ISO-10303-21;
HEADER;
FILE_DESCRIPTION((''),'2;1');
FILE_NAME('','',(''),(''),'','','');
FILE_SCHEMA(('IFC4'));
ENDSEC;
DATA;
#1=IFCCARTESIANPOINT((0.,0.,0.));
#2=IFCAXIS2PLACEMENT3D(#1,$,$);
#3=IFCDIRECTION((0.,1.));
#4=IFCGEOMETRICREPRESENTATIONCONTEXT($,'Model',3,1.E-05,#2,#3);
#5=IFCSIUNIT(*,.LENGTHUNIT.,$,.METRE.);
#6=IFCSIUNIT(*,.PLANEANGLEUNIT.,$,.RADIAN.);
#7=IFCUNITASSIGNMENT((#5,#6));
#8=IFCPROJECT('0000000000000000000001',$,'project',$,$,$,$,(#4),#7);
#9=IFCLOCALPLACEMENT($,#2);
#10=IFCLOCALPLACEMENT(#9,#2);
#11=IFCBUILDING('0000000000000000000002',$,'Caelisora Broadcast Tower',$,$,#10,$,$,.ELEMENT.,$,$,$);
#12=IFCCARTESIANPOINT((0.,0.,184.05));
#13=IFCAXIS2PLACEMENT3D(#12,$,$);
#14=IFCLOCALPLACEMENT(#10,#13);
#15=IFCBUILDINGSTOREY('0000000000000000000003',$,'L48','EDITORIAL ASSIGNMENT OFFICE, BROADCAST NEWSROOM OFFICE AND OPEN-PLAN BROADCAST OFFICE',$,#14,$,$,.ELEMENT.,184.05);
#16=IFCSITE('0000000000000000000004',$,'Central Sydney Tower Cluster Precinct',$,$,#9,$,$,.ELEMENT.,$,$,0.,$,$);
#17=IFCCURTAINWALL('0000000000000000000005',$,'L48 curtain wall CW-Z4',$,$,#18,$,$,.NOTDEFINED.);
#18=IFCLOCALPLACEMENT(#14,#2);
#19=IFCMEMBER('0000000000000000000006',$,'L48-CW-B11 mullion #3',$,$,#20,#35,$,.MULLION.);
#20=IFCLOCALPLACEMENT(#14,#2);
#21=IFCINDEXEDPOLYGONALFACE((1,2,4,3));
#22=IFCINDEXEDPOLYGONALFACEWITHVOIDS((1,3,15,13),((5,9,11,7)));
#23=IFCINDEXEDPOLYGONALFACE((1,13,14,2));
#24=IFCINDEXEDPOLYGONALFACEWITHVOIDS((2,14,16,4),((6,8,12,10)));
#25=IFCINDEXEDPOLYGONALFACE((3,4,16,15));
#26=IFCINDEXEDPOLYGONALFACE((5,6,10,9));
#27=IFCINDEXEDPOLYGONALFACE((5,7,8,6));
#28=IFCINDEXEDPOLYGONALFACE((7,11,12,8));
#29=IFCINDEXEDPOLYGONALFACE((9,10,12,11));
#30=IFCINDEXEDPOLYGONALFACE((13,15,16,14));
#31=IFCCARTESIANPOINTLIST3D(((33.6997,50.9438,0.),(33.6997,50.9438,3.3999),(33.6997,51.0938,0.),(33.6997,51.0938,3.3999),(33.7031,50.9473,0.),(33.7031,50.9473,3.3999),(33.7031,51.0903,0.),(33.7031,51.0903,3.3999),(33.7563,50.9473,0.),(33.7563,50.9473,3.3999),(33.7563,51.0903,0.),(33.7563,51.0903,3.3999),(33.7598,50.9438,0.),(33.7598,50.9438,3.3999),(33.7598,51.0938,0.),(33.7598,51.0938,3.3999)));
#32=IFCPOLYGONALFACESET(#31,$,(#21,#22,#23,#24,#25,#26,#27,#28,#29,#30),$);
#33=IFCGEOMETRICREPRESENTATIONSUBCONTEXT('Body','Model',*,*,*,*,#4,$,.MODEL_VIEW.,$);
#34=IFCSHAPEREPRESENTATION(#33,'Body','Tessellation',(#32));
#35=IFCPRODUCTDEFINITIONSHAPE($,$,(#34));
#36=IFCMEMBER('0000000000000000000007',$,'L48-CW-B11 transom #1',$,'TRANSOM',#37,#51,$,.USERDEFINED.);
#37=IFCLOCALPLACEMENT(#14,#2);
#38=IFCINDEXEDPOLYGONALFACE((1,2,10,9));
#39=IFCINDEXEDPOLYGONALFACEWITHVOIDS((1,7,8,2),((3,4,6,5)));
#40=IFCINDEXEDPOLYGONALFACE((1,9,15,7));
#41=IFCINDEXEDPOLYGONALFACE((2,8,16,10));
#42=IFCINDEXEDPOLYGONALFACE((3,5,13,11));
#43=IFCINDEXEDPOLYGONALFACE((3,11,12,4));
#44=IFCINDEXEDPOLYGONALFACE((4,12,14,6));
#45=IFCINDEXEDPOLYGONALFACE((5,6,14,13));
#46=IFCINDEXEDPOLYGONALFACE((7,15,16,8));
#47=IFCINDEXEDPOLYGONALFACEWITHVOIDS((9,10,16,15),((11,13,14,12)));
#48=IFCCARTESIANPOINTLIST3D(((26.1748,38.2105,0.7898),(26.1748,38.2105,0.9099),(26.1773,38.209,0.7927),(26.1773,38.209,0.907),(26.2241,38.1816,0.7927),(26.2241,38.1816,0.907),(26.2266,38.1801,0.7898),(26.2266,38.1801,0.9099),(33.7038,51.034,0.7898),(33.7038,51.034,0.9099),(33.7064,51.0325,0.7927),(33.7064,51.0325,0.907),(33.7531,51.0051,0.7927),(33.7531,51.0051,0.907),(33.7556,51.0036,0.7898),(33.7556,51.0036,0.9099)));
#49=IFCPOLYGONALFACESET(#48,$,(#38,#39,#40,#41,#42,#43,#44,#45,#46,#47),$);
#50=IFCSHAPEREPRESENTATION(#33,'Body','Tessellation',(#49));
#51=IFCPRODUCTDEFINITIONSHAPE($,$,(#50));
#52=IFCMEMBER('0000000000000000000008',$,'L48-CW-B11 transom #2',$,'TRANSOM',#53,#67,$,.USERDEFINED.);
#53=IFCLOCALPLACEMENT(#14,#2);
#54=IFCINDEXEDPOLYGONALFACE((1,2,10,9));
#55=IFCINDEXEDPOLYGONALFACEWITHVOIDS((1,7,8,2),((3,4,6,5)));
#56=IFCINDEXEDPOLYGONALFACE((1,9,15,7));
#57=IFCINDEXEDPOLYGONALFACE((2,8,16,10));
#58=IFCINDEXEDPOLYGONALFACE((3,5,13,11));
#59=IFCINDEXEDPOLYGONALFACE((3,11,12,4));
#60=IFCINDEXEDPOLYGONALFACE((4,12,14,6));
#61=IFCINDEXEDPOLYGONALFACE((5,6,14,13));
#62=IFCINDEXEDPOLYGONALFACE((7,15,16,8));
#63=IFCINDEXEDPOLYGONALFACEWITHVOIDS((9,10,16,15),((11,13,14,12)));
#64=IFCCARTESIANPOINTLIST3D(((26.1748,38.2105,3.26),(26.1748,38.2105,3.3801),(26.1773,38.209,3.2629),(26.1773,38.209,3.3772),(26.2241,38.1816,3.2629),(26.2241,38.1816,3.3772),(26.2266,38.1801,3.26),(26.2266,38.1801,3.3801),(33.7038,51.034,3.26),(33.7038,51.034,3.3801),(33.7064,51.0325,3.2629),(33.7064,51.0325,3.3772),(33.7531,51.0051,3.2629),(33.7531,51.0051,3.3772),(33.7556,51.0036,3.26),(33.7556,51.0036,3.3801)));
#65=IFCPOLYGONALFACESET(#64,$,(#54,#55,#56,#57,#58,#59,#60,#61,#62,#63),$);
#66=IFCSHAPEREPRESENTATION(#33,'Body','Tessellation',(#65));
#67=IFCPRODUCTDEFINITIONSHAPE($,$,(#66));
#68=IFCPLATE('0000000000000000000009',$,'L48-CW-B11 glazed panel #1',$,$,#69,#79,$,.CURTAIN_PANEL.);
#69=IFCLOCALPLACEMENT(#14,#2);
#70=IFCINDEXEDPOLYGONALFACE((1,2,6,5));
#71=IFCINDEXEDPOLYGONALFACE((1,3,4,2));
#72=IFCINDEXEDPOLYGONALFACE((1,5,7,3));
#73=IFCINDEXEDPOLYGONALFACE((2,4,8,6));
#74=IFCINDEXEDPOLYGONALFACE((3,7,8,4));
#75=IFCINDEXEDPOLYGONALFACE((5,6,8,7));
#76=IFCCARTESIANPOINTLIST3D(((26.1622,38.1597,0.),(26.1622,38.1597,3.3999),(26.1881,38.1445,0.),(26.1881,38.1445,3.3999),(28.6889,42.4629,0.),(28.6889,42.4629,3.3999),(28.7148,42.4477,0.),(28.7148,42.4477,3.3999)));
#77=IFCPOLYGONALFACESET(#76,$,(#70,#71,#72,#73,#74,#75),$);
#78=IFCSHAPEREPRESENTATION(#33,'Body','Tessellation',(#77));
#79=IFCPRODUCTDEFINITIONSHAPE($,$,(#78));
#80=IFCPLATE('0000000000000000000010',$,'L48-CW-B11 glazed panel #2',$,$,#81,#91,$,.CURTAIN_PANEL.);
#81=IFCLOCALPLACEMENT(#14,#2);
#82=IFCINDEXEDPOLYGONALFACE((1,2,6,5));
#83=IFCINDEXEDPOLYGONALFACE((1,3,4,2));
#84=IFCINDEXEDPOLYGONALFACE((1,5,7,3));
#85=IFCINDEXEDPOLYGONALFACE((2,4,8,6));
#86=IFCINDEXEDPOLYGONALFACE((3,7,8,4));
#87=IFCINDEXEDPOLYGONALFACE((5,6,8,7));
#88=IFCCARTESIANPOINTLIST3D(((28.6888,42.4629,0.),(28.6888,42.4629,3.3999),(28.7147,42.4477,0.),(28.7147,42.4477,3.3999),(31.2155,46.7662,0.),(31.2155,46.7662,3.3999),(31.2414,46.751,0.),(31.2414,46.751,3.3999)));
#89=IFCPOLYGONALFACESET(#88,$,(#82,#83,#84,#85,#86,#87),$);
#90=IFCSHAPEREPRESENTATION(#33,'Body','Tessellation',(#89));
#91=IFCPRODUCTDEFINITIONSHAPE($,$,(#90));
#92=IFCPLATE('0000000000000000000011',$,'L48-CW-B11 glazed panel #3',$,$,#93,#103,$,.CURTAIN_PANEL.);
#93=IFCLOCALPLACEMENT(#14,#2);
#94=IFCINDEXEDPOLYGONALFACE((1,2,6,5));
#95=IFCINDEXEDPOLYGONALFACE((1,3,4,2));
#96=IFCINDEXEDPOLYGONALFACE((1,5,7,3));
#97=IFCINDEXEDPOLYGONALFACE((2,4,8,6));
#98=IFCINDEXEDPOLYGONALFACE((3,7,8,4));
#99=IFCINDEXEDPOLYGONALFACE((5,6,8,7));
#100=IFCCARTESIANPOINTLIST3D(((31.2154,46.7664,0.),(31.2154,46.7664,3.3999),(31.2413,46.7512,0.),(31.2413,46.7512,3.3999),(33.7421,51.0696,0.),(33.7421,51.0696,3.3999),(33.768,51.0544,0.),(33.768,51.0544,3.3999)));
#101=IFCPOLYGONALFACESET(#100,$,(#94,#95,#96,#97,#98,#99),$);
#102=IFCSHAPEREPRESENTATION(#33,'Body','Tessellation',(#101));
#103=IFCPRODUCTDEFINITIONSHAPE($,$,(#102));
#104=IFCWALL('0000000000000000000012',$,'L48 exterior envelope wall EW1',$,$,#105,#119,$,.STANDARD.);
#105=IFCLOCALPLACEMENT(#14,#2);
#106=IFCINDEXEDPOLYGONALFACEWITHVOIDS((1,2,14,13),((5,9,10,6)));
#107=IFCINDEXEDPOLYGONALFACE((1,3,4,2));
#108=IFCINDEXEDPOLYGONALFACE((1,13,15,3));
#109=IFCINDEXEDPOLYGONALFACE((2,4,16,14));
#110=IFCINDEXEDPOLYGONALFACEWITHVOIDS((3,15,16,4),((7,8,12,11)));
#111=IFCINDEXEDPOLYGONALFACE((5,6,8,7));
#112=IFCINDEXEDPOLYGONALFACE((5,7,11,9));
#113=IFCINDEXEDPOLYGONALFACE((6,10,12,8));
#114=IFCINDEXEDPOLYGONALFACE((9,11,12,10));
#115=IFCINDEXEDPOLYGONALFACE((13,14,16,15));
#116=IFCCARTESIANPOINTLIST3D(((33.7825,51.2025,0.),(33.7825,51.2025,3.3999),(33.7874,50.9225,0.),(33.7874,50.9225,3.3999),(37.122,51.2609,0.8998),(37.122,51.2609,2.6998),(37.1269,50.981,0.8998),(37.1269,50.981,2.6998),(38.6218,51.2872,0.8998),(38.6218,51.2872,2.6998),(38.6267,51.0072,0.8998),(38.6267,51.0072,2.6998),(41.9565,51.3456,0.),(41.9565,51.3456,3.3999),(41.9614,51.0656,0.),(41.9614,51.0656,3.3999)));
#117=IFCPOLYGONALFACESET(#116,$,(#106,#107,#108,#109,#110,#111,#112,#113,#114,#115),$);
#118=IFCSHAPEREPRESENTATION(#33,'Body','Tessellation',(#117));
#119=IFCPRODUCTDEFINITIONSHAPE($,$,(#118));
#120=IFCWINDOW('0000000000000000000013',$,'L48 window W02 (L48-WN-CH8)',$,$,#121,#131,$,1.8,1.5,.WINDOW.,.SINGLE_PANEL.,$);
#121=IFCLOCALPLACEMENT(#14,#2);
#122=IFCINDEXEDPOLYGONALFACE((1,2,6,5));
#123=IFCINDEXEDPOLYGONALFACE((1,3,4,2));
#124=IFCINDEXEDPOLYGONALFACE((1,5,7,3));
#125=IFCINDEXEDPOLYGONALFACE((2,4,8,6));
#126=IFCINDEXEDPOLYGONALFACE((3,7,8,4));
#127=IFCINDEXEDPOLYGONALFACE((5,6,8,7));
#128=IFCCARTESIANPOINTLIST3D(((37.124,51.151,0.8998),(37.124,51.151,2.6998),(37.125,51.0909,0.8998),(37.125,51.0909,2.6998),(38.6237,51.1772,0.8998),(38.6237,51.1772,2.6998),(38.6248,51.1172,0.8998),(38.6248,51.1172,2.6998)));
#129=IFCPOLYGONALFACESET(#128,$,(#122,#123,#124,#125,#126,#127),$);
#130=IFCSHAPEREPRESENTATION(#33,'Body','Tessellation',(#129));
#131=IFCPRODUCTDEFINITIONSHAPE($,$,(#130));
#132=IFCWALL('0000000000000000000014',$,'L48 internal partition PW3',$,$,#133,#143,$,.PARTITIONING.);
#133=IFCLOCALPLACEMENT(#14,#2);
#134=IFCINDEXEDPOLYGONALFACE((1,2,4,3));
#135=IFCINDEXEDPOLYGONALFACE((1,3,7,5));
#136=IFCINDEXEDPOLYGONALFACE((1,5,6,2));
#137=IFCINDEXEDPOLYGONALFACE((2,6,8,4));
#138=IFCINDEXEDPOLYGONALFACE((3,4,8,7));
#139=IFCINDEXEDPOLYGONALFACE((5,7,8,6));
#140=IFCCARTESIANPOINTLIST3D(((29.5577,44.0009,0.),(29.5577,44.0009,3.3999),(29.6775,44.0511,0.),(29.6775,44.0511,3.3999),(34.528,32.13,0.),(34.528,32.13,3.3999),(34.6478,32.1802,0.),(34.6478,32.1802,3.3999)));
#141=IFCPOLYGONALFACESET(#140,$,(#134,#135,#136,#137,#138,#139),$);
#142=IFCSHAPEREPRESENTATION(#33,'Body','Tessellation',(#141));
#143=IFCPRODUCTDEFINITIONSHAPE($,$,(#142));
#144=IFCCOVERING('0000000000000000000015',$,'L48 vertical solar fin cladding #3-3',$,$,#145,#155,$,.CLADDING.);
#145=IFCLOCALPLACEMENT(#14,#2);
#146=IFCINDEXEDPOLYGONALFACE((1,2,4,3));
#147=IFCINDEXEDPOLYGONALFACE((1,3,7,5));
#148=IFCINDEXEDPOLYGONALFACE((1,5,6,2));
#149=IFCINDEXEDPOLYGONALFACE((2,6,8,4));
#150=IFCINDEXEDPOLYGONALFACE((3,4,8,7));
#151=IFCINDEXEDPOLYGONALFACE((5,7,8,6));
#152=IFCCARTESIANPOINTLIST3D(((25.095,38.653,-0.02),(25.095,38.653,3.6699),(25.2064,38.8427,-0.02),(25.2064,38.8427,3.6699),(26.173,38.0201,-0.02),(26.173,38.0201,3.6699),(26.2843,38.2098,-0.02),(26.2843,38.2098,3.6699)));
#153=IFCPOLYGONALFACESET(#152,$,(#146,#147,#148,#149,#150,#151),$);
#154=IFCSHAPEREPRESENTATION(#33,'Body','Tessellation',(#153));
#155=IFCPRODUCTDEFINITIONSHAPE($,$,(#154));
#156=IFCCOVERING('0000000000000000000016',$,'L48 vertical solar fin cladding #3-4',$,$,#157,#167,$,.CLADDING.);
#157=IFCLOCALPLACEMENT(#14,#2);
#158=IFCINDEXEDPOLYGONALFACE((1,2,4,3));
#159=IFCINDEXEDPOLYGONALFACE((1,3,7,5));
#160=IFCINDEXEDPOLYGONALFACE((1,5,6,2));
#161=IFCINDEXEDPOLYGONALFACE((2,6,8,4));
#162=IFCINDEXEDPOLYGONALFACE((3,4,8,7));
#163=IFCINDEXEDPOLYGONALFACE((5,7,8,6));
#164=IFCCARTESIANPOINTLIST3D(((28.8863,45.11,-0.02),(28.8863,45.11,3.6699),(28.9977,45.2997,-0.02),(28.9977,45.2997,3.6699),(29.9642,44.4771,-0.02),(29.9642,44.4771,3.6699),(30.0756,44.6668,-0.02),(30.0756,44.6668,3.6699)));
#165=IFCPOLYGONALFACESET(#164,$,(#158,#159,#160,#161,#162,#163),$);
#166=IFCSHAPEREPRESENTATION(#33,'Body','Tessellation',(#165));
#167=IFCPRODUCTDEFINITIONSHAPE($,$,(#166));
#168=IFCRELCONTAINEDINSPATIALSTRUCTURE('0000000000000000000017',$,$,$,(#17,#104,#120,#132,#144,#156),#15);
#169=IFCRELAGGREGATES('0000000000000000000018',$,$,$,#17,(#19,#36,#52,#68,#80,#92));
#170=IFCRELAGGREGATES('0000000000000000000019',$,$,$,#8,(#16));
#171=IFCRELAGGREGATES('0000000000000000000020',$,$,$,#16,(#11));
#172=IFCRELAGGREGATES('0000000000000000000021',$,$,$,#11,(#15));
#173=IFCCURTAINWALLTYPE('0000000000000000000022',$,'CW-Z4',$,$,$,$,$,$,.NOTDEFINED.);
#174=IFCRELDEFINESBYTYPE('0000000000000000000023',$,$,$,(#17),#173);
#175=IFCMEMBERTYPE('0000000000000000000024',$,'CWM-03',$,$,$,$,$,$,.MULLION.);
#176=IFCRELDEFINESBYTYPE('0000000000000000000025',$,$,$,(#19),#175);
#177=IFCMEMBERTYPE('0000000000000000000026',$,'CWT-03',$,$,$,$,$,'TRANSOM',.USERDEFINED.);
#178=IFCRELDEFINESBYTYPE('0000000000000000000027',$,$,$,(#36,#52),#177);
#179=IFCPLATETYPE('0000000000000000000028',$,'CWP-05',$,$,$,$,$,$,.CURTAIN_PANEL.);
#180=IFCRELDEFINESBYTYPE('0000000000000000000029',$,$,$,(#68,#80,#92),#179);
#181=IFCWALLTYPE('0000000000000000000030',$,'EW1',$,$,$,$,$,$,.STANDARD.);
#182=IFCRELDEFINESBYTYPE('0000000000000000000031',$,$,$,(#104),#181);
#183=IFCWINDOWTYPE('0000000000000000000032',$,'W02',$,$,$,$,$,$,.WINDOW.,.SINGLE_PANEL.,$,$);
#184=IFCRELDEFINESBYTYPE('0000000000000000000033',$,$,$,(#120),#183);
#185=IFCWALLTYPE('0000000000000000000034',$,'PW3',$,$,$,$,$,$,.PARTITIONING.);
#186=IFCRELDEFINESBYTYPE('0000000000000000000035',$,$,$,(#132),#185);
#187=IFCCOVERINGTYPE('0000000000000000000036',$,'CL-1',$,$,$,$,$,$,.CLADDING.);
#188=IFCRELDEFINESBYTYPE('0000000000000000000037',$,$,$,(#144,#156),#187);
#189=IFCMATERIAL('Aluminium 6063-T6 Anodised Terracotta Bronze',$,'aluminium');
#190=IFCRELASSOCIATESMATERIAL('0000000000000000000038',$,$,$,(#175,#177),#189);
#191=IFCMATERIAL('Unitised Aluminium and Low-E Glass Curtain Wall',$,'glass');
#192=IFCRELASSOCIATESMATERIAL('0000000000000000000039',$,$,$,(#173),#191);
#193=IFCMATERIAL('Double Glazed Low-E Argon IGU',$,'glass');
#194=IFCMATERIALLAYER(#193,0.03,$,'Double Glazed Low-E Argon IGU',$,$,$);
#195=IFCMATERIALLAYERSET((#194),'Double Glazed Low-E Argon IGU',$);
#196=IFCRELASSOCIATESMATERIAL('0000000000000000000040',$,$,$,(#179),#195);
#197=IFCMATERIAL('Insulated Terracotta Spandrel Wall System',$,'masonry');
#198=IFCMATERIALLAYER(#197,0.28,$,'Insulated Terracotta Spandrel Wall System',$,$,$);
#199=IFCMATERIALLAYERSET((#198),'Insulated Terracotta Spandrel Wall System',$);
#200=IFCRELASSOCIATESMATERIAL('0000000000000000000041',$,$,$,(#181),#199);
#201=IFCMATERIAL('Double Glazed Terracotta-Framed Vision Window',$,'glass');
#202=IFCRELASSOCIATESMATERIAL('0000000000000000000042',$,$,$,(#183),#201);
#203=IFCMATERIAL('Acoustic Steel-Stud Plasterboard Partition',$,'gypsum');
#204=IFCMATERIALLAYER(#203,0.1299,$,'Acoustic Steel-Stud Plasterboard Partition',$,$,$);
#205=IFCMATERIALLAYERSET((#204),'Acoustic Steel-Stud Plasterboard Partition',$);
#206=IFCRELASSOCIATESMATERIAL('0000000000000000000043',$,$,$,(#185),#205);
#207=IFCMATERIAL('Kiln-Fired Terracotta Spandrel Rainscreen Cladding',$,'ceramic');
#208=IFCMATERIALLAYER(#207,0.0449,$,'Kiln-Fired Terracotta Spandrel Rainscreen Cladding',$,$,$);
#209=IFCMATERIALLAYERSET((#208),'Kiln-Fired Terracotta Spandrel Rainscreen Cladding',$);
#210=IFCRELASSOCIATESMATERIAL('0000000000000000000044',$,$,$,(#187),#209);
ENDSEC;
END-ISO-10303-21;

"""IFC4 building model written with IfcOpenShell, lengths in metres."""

from ifc_helpers import new_model, si_unit, direction, frame, frame_2d, origin, origin_2d, place, context, subcontext, project, spatial, rectangle, hollow_rectangle, extrude, source, transform, mapped, material, layer, layer_set, material_profile, profile_set, type_object, type_shapes, element, fill, aggregate, save


model = new_model("IFC4")

# Units and contexts
model_context = context("Model", 3, precision=1e-05, world=origin(), true_north=direction((0.0, 1.0)))
body_context = subcontext(model_context, "Body", "Model", "MODEL_VIEW")
ifc_project = project(units=[si_unit("LENGTHUNIT", "METRE"), si_unit("PLANEANGLEUNIT", "RADIAN")], contexts=[model_context])

# Site, building, storey
site_placement = place(None, origin())
site = spatial("IfcSite", under=ifc_project, at=site_placement, Name="Central Sydney Tower Cluster Precinct", CompositionType="ELEMENT", RefElevation=0.0)
building_placement = place(site_placement, origin())
building = spatial("IfcBuilding", under=site, at=building_placement, Name="Caelisora Broadcast Tower", CompositionType="ELEMENT")
storey_placement = place(building_placement, frame((0.0, 0.0, 184.05)))
storey = spatial("IfcBuildingStorey", under=building, at=storey_placement, Name="L48", Description="EDITORIAL ASSIGNMENT OFFICE, BROADCAST NEWSROOM OFFICE AND OPEN-PLAN BROADCAST OFFICE", CompositionType="ELEMENT", Elevation=184.05)

# Shared definitions
ifc_material_1 = material(Name="Aluminium 6063-T6 Anodised Terracotta Bronze", Category="aluminium")
ifc_material_profile_1 = material_profile(ifc_material_1, hollow_rectangle(XDim=0.0601, YDim=0.1499, WallThickness=0.0034, at=origin_2d()), Name="Aluminium 6063-T6 Anodised Terracotta Bronze")
ifc_profile_set_1 = profile_set([ifc_material_profile_1], Name="Aluminium 6063-T6 Anodised Terracotta Bronze")
member_type_1 = type_object("IfcMemberType", Name="CWM-03", PredefinedType="MULLION", material=ifc_profile_set_1)
shared_shape_1 = source(origin(), body_context, "Body", "SweptSolid", [
    extrude(hollow_rectangle(XDim=0.0601, YDim=0.1499, WallThickness=0.0034, at=origin_2d()), origin(), (0.0, 0.0, 1.0), 3.3999),
])
type_shapes(member_type_1, [shared_shape_1])

# Curtain wall, members, plates
ifc_material_2 = material(Name="Unitised Aluminium and Low-E Glass Curtain Wall", Category="glass")
curtain_wall_type_1 = type_object("IfcCurtainWallType", Name="CW-Z4", PredefinedType="NOTDEFINED", material=ifc_material_2)
curtain_wall_1_placement = place(storey_placement, origin())
curtain_wall_1 = element("IfcCurtainWall", 1, at=curtain_wall_1_placement, inside=storey, type_object=curtain_wall_type_1, Name="L48 curtain wall CW-Z4", PredefinedType="NOTDEFINED")
member_1_placement = place(storey_placement, frame((33.7297, 51.0188, 0.0), z_axis=(0.0, 0.0, 1.0), x_axis=(1.0, 0.0, 0.0)))
member_1 = element("IfcMember", 2, at=member_1_placement, type_object=member_type_1, Name="L48-CW-B11 mullion #3", PredefinedType="MULLION", context=body_context, shape_type="MappedRepresentation", body=[
    mapped(shared_shape_1, transform((0.0, 0.0, 0.0), scale=1.0)),
])
ifc_material_profile_2 = material_profile(ifc_material_1, hollow_rectangle(XDim=0.0601, YDim=0.1201, WallThickness=0.0029, at=origin_2d()), Name="Aluminium 6063-T6 Anodised Terracotta Bronze")
ifc_profile_set_2 = profile_set([ifc_material_profile_2], Name="Aluminium 6063-T6 Anodised Terracotta Bronze")
member_type_2 = type_object("IfcMemberType", Name="CWT-03", ElementType="TRANSOM", PredefinedType="USERDEFINED", material=ifc_profile_set_2)
shared_shape_2 = source(origin(), body_context, "Body", "SweptSolid", [
    extrude(hollow_rectangle(XDim=0.0601, YDim=0.1201, WallThickness=0.0029, at=origin_2d()), origin(), (0.0, 0.0, 1.0), 14.8704),
])
type_shapes(member_type_2, [shared_shape_2])
member_2_placement = place(storey_placement, frame((26.2007, 38.1953, 0.8499), z_axis=(0.506312, 0.86235, 0.0), x_axis=(-0.86235, 0.506312, 0.0)))
member_2 = element("IfcMember", 3, at=member_2_placement, type_object=member_type_2, Name="L48-CW-B11 transom #1", ObjectType="TRANSOM", PredefinedType="USERDEFINED", context=body_context, shape_type="MappedRepresentation", body=[
    mapped(shared_shape_2, transform((0.0, 0.0, 0.0), scale=1.0)),
])
member_3_placement = place(storey_placement, frame((26.2007, 38.1953, 3.3201), z_axis=(0.506312, 0.86235, 0.0), x_axis=(-0.86235, 0.506312, 0.0)))
member_3 = element("IfcMember", 4, at=member_3_placement, type_object=member_type_2, Name="L48-CW-B11 transom #2", ObjectType="TRANSOM", PredefinedType="USERDEFINED", context=body_context, shape_type="MappedRepresentation", body=[
    mapped(shared_shape_2, transform((0.0, 0.0, 0.0), scale=1.0)),
])
ifc_material_3 = material(Name="Double Glazed Low-E Argon IGU", Category="glass")
ifc_layer_1 = layer(ifc_material_3, 0.03, Name="Double Glazed Low-E Argon IGU")
ifc_layer_set_1 = layer_set([ifc_layer_1], Name="Double Glazed Low-E Argon IGU")
plate_type = type_object("IfcPlateType", Name="CWP-05", PredefinedType="CURTAIN_PANEL", material=ifc_layer_set_1)
shared_shape_3 = source(origin(), body_context, "Body", "SweptSolid", [
    extrude(rectangle(XDim=4.9902, YDim=0.03, at=origin_2d()), origin(), (0.0, 0.0, 1.0), 3.3999),
])
type_shapes(plate_type, [shared_shape_3])
plate_1_placement = place(storey_placement, frame((27.4385, 40.3037, 0.0), z_axis=(0.0, 0.0, 1.0), x_axis=(0.506335, 0.862337, 0.0)))
plate_1 = element("IfcPlate", 5, at=plate_1_placement, type_object=plate_type, Name="L48-CW-B11 glazed panel #1", PredefinedType="CURTAIN_PANEL", context=body_context, shape_type="MappedRepresentation", body=[
    mapped(shared_shape_3, transform((0.0, 0.0, 0.0), scale=1.0)),
])
plate_2_placement = place(storey_placement, frame((29.9651, 44.6069, 0.0), z_axis=(0.0, 0.0, 1.0), x_axis=(0.506335, 0.862337, 0.0)))
plate_2 = element("IfcPlate", 6, at=plate_2_placement, type_object=plate_type, Name="L48-CW-B11 glazed panel #2", PredefinedType="CURTAIN_PANEL", context=body_context, shape_type="MappedRepresentation", body=[
    mapped(shared_shape_3, transform((0.0, 0.0, 0.0), scale=1.0)),
])
plate_3_placement = place(storey_placement, frame((32.4917, 48.9104, 0.0), z_axis=(0.0, 0.0, 1.0), x_axis=(0.506335, 0.862337, 0.0)))
plate_3 = element("IfcPlate", 7, at=plate_3_placement, type_object=plate_type, Name="L48-CW-B11 glazed panel #3", PredefinedType="CURTAIN_PANEL", context=body_context, shape_type="MappedRepresentation", body=[
    mapped(shared_shape_3, transform((0.0, 0.0, 0.0), scale=1.0)),
])
aggregate(curtain_wall_1, [member_1, member_2, member_3, plate_1, plate_2, plate_3])

# Wall, opening, window
ifc_material_4 = material(Name="Insulated Terracotta Spandrel Wall System", Category="masonry")
ifc_layer_2 = layer(ifc_material_4, 0.28, Name="Insulated Terracotta Spandrel Wall System")
ifc_layer_set_2 = layer_set([ifc_layer_2], Name="Insulated Terracotta Spandrel Wall System")
wall_type_1 = type_object("IfcWallType", Name="EW1", PredefinedType="STANDARD", material=ifc_layer_set_2)
wall_1_placement = place(storey_placement, frame((33.7849, 51.0625, 0.0), z_axis=(0.0, 0.0, 1.0), x_axis=(0.999847, 0.0175, 0.0)))
wall_1 = element("IfcWall", 8, at=wall_1_placement, inside=storey, type_object=wall_type_1, Name="L48 exterior envelope wall EW1", PredefinedType="STANDARD", context=body_context, shape_type="SweptSolid", body=[
    extrude(rectangle(XDim=8.1753, YDim=0.28, at=frame_2d((4.0876, 0.0))), origin(), (0.0, 0.0, 1.0), 3.3999),
])
opening_placement = place(wall_1_placement, frame((3.3401, 0.0, 0.8999)))
opening = element("IfcOpeningElement", 9, at=opening_placement, cuts=wall_1, PredefinedType="OPENING", context=body_context, shape_type="SweptSolid", body=[
    extrude(rectangle(XDim=1.5, YDim=1.8, at=frame_2d((0.75, 0.8999))), frame((0.0, 0.1521, 0.0), z_axis=(0.0, -1.0, 0.0), x_axis=(1.0, 0.0, 0.0)), (0.0, 0.0, 1.0), 0.304),
])
ifc_material_5 = material(Name="Double Glazed Terracotta-Framed Vision Window", Category="glass")
window_type = type_object("IfcWindowType", Name="W02", PartitioningType="SINGLE_PANEL", PredefinedType="WINDOW", material=ifc_material_5)
window_placement = place(opening_placement, origin())
window = element("IfcWindow", 10, at=window_placement, inside=storey, type_object=window_type, Name="L48 window W02 (L48-WN-CH8)", OverallHeight=1.8, OverallWidth=1.5, PartitioningType="SINGLE_PANEL", PredefinedType="WINDOW", context=body_context, shape_type="SweptSolid", body=[
    extrude(rectangle(XDim=1.5, YDim=1.8, at=frame_2d((0.75, 0.8999))), frame((0.0, 0.03, 0.0), z_axis=(0.0, -1.0, 0.0), x_axis=(1.0, 0.0, 0.0)), (0.0, 0.0, 1.0), 0.0601),
])
fill(opening, window)

# Wall
ifc_material_6 = material(Name="Acoustic Steel-Stud Plasterboard Partition", Category="gypsum")
ifc_layer_3 = layer(ifc_material_6, 0.1299, Name="Acoustic Steel-Stud Plasterboard Partition")
ifc_layer_set_3 = layer_set([ifc_layer_3], Name="Acoustic Steel-Stud Plasterboard Partition")
wall_type_2 = type_object("IfcWallType", Name="PW3", PredefinedType="PARTITIONING", material=ifc_layer_set_3)
wall_2_placement = place(storey_placement, frame((29.6177, 44.0259, 0.0), z_axis=(0.0, 0.0, 1.0), x_axis=(0.386206, -0.922413, 0.0)))
element("IfcWall", 11, at=wall_2_placement, inside=storey, type_object=wall_type_2, Name="L48 internal partition PW3", PredefinedType="PARTITIONING", context=body_context, shape_type="SweptSolid", body=[
    extrude(rectangle(XDim=12.8694, YDim=0.1299, at=frame_2d((6.4346, 0.0))), origin(), (0.0, 0.0, 1.0), 3.3999),
])

# Coverings
ifc_material_7 = material(Name="Kiln-Fired Terracotta Spandrel Rainscreen Cladding", Category="ceramic")
ifc_layer_4 = layer(ifc_material_7, 0.0449, Name="Kiln-Fired Terracotta Spandrel Rainscreen Cladding")
ifc_layer_set_4 = layer_set([ifc_layer_4], Name="Kiln-Fired Terracotta Spandrel Rainscreen Cladding")
covering_type = type_object("IfcCoveringType", Name="CL-1", PredefinedType="CLADDING", material=ifc_layer_set_4)
shared_shape_4 = source(origin(), body_context, "Body", "SweptSolid", [
    extrude(rectangle(XDim=0.22, YDim=1.25, at=origin_2d()), origin(), (0.0, 0.0, 1.0), 3.6899),
])
type_shapes(covering_type, [shared_shape_4])
for number, where, z_axis, x_axis, name in (
    (12, (25.6897, 38.4314, -0.02), (0.0, 0.0, 1.0), (0.506335, 0.862337, 0.0), "L48 vertical solar fin cladding #3-3"),
    (13, (29.481, 44.8884, -0.02), (0.0, 0.0, 1.0), (0.506335, 0.862337, 0.0), "L48 vertical solar fin cladding #3-4"),
):
    element("IfcCovering", number, at=place(storey_placement, frame(where, z_axis=z_axis, x_axis=x_axis)), inside=storey, type_object=covering_type, Name=name, PredefinedType="CLADDING", context=body_context, shape_type="MappedRepresentation", body=[
        mapped(shared_shape_4, transform((0.0, 0.0, 0.0), scale=1.0)),
    ])

save(model, "model.ifc")
